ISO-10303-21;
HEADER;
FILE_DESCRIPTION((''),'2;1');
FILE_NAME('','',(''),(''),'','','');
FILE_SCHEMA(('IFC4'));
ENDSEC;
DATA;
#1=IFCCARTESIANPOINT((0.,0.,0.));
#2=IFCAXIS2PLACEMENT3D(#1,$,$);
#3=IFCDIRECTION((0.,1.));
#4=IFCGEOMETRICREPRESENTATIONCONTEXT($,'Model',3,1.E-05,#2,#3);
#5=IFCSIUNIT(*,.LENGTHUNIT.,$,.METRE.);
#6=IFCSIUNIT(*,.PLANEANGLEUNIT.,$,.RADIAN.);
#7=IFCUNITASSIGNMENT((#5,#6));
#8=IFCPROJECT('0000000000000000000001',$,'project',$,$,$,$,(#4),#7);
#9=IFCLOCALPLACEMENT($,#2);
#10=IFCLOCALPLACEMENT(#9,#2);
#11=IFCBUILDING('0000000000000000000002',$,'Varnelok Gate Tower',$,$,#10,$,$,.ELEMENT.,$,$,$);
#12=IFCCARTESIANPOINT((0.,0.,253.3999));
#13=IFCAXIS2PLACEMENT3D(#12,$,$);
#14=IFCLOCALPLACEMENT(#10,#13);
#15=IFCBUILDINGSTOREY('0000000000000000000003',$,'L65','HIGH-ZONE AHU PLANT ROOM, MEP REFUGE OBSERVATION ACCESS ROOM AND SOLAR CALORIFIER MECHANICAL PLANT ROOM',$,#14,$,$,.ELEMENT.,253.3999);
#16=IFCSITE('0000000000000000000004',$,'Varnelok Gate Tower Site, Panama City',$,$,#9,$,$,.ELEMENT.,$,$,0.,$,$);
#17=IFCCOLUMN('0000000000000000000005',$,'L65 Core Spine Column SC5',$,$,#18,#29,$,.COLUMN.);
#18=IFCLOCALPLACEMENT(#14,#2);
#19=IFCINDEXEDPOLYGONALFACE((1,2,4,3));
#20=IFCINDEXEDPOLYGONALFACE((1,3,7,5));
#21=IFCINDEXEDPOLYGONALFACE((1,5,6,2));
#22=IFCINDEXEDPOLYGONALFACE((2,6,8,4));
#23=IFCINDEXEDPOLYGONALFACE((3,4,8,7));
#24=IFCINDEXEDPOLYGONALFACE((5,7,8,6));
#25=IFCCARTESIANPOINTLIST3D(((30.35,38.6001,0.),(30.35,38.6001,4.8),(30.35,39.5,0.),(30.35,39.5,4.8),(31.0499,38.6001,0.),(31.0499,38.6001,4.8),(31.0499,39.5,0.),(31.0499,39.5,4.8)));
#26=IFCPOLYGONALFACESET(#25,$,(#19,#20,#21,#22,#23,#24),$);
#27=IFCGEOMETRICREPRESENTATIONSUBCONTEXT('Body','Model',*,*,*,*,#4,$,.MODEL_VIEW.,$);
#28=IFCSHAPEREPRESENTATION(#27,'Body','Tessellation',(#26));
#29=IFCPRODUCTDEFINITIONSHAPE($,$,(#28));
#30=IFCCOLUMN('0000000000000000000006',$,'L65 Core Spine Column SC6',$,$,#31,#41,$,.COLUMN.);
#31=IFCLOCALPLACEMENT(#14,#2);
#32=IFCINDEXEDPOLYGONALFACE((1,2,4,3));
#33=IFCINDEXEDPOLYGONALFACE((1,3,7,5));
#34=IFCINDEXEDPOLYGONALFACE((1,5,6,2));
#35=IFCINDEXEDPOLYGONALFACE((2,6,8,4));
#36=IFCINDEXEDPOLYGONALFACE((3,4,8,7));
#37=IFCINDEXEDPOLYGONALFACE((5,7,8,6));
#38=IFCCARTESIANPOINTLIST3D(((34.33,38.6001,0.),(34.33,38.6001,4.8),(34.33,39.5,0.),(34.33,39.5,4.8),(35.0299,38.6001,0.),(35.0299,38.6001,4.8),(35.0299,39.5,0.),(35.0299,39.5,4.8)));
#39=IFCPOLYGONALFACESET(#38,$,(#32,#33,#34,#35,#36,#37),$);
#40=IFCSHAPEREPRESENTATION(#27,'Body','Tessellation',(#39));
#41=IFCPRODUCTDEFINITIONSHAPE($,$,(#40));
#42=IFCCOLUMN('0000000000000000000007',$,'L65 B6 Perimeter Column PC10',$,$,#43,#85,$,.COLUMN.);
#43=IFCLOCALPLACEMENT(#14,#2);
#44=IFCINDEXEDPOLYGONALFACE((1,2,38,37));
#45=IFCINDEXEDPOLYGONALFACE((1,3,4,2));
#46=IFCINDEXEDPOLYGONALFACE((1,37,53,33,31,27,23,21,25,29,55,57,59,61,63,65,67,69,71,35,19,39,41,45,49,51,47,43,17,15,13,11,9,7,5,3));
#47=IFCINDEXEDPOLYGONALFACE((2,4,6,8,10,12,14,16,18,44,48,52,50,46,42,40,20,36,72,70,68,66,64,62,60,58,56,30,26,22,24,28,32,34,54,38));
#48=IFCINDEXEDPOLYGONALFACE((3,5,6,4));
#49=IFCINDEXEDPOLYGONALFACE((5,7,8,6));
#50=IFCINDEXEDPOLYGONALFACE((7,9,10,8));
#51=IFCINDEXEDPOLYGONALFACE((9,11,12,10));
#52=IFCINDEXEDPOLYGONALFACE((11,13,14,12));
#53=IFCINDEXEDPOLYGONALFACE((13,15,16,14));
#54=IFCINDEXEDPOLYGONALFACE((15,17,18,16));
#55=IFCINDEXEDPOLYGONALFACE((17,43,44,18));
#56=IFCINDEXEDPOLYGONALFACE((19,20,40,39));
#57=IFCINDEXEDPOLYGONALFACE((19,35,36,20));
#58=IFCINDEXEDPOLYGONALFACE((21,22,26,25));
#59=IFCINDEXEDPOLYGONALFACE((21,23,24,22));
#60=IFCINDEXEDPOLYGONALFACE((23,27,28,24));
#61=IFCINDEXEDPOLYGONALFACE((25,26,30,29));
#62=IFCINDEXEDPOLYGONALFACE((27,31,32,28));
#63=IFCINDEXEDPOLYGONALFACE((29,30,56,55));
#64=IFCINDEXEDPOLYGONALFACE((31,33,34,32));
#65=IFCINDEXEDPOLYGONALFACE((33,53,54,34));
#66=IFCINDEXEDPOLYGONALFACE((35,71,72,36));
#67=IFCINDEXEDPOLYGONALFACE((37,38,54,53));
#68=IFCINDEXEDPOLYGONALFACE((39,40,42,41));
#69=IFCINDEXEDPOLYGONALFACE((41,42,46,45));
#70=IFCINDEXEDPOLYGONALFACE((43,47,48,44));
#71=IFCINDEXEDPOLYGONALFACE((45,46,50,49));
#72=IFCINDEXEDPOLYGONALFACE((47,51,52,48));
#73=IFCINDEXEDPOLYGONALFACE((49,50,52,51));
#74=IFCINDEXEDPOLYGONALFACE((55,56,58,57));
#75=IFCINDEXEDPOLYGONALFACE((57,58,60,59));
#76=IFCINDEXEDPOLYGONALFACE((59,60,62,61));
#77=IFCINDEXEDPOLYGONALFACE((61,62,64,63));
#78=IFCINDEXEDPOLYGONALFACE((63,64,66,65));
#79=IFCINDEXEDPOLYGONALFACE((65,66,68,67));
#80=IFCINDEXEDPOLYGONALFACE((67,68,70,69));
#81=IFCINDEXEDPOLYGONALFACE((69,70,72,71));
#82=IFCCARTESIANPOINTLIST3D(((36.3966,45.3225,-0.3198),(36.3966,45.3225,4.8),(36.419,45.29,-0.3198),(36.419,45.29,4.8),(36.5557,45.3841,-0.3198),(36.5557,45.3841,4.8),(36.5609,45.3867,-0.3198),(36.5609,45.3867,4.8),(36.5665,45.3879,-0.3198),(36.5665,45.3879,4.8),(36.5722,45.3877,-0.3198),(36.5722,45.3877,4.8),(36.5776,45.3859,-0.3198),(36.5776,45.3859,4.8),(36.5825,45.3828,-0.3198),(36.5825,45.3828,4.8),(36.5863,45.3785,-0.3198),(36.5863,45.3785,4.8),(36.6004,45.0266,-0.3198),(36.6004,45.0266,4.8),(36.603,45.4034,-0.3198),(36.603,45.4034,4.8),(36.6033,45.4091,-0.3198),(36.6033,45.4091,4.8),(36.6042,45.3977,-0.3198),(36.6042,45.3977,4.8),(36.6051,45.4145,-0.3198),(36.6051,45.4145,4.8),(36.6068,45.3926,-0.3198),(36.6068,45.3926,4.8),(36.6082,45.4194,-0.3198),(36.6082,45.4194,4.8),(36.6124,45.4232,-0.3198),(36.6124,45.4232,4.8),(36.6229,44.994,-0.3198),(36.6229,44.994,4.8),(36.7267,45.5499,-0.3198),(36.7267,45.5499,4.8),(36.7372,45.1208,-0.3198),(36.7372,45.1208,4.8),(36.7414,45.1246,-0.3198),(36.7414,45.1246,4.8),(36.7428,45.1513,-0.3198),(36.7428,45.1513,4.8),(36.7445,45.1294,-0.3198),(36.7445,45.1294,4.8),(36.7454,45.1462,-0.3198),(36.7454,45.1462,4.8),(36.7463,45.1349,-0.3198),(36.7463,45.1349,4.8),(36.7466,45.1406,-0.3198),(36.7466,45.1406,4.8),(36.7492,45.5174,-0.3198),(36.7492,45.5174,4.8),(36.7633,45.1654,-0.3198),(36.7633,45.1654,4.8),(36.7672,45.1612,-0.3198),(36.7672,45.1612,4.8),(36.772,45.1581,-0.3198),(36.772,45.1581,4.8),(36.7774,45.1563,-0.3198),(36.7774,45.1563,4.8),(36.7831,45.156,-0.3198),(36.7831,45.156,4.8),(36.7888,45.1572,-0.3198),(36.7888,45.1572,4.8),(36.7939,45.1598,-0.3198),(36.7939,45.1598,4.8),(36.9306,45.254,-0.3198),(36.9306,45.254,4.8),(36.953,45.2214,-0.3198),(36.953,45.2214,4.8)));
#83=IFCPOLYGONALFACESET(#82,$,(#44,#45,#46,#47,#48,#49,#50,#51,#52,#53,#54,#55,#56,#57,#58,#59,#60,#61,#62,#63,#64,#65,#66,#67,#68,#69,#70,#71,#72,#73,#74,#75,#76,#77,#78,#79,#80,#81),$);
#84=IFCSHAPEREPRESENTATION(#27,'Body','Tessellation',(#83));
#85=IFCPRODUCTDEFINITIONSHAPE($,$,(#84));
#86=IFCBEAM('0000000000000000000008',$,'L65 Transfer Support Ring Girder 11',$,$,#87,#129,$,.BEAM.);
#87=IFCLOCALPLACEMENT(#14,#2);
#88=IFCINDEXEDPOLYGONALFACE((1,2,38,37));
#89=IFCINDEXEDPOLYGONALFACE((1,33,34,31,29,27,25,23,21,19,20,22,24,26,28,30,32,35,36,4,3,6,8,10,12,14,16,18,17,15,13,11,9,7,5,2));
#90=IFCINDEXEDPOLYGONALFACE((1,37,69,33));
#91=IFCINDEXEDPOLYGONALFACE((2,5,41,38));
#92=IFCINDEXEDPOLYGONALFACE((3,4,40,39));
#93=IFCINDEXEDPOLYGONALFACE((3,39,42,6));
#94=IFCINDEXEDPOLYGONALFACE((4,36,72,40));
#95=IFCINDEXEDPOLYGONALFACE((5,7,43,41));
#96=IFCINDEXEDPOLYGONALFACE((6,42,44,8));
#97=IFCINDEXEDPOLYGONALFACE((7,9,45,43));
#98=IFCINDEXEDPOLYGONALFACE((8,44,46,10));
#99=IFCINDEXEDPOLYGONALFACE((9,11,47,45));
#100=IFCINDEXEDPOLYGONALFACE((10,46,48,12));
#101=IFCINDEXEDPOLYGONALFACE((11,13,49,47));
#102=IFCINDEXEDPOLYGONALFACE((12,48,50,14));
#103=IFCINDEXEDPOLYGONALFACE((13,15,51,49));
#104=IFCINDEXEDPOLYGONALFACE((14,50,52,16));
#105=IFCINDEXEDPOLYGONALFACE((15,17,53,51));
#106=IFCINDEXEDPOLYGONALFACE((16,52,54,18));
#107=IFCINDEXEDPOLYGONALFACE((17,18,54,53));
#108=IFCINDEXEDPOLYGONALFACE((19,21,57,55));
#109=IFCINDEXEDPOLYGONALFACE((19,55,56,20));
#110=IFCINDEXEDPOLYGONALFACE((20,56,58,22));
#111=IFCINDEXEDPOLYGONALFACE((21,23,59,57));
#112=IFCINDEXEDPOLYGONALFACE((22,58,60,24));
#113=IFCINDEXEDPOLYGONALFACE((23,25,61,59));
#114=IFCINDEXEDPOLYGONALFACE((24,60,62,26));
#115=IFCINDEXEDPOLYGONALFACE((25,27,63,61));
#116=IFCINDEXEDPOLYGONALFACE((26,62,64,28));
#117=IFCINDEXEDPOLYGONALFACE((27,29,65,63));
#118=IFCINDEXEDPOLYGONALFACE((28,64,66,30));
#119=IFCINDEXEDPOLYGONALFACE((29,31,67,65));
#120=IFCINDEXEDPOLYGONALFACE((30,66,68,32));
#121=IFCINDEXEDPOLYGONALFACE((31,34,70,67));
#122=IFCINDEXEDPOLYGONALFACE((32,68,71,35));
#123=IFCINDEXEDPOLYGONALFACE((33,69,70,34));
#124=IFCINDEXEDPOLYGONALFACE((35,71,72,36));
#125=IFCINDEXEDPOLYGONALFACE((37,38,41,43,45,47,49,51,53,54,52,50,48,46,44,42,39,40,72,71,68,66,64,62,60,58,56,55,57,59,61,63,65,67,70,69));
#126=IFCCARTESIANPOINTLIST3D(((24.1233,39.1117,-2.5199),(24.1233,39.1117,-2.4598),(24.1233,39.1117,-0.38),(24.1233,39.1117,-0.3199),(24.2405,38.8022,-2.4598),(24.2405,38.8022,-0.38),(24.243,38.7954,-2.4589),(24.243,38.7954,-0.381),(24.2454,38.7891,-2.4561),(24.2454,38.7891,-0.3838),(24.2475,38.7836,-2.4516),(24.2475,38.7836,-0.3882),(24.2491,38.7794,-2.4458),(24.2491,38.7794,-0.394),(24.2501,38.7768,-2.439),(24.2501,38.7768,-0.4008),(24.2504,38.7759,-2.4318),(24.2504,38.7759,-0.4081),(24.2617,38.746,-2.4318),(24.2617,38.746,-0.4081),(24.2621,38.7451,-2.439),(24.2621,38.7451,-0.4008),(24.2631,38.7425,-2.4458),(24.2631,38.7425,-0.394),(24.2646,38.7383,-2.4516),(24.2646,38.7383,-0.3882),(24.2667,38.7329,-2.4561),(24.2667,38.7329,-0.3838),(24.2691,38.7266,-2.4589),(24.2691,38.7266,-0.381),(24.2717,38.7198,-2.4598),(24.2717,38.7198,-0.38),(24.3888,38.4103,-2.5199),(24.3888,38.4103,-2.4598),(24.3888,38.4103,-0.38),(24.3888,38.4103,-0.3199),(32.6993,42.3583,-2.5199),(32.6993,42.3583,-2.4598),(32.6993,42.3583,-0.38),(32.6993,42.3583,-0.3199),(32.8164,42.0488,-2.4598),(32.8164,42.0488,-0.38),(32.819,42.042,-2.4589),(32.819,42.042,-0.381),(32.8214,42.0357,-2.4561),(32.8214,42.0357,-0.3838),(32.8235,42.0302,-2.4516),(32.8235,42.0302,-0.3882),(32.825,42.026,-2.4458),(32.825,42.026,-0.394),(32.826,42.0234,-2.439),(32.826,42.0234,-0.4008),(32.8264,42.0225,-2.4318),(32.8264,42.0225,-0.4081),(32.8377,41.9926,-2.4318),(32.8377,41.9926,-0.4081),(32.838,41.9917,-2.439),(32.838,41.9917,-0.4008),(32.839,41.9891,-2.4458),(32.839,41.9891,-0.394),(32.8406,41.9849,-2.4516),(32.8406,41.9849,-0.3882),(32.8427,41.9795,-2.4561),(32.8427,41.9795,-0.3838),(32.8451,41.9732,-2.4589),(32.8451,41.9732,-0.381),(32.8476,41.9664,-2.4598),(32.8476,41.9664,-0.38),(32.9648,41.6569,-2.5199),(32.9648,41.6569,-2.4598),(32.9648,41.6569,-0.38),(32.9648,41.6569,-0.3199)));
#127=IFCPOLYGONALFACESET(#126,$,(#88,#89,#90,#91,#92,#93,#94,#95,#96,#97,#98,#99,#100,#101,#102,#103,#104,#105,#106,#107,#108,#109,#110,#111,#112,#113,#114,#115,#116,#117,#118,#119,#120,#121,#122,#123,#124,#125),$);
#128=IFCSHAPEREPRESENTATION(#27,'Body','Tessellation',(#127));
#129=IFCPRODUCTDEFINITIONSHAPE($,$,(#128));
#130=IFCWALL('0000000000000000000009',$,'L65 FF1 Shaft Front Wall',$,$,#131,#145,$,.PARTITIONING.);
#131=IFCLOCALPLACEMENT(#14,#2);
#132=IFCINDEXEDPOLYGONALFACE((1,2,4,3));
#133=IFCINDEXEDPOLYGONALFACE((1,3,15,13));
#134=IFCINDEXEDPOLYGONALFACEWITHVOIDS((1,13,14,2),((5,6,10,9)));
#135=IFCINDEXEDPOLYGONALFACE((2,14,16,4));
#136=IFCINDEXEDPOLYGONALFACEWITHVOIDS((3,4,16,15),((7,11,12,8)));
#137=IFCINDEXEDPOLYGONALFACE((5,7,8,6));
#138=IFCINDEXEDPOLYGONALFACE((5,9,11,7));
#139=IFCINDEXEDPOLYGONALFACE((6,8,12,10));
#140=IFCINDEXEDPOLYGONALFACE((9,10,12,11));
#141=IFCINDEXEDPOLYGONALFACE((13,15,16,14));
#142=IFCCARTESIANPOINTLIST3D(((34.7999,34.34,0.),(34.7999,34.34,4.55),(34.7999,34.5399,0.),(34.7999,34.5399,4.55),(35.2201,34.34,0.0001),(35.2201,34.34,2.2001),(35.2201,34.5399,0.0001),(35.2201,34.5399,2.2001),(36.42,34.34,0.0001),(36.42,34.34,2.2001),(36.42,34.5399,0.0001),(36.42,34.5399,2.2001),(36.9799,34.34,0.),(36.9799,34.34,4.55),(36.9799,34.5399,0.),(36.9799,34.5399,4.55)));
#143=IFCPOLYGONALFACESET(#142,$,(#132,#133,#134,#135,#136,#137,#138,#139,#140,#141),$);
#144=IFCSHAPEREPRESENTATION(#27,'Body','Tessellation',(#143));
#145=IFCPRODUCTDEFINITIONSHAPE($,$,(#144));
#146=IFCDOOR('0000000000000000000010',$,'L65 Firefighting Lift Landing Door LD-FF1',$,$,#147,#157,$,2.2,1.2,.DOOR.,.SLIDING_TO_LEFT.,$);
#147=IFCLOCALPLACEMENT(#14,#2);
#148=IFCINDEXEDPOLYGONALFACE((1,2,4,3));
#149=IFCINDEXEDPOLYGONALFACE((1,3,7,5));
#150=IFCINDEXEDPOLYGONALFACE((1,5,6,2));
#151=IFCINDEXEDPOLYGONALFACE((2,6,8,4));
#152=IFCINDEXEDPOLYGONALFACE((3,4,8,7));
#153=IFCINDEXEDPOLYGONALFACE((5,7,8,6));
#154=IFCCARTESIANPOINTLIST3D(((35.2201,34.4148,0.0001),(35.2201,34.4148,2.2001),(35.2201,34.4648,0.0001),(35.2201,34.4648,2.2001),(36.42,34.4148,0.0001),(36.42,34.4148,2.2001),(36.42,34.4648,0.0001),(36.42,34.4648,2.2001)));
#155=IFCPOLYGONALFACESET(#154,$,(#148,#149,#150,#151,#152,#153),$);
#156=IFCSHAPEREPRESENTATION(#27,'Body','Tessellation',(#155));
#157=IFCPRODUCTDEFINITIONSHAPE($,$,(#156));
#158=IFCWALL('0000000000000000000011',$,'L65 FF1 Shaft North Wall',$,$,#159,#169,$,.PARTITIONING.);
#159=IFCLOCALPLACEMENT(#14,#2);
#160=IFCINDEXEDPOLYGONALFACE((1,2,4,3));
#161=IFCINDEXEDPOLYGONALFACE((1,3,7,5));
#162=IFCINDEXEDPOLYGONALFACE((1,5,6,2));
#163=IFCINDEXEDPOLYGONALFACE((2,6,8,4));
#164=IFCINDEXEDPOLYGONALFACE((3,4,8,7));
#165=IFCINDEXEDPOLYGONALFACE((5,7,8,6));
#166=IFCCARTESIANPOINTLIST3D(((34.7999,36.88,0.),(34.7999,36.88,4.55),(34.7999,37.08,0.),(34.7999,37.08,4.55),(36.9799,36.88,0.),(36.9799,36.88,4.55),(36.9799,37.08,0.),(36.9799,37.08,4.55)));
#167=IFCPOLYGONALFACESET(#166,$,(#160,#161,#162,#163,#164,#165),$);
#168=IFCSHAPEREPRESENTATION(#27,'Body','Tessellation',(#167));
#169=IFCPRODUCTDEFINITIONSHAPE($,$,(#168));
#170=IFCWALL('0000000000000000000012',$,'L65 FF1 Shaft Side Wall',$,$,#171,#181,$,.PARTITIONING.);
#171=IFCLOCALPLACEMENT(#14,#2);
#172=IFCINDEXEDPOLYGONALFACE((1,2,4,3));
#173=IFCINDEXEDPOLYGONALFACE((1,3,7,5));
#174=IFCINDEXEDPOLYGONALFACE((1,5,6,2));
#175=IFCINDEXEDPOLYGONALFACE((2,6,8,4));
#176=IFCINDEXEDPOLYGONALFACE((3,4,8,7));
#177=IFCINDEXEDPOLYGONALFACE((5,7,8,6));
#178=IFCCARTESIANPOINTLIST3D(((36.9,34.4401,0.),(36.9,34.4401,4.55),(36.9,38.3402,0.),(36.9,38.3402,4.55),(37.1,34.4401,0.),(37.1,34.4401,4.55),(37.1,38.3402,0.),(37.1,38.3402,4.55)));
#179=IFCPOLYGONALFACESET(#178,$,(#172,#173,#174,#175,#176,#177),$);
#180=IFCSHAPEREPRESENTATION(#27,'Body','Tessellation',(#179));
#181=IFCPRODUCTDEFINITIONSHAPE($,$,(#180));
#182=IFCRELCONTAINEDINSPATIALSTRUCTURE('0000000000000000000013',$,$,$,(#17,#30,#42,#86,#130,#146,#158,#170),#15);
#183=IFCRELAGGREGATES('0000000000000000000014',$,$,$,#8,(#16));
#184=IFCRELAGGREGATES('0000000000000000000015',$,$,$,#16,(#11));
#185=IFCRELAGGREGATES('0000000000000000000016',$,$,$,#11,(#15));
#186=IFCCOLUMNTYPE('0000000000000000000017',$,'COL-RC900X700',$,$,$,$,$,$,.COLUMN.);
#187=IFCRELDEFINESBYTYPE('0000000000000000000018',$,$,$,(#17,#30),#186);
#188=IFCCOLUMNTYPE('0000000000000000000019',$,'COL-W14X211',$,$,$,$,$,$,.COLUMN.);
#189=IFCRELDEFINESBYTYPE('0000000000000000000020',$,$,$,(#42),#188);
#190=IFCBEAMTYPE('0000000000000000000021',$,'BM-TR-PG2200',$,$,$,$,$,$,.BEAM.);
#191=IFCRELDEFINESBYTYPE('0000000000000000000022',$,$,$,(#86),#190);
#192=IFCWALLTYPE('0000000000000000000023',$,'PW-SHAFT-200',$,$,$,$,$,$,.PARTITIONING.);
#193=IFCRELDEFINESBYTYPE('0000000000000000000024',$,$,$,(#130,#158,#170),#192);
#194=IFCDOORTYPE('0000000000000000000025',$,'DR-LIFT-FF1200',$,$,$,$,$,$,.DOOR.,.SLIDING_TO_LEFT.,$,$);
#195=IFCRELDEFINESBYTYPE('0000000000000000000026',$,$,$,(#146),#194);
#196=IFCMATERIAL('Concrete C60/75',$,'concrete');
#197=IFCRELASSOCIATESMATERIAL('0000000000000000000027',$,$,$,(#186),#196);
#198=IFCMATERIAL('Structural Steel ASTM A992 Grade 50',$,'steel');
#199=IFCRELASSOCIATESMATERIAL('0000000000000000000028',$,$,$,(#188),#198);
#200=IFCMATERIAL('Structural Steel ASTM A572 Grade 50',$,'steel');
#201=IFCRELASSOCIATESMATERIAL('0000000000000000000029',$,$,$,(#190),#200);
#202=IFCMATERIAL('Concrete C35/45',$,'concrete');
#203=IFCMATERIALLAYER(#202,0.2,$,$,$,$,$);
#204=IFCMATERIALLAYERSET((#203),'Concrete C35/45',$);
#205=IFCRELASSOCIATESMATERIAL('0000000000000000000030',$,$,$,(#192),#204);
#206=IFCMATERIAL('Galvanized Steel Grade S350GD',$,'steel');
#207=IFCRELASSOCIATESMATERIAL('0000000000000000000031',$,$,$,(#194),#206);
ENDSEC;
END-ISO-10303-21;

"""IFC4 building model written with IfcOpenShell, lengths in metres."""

from ifc_helpers import new_model, si_unit, direction, frame, frame_2d, origin, origin_2d, place, context, subcontext, project, spatial, rectangle, i_section, extrude, material, layer, layer_set, material_profile, profile_set, type_object, element, fill, save


model = new_model("IFC4")

# Units and contexts
model_context = context("Model", 3, precision=1e-05, world=origin(), true_north=direction((0.0, 1.0)))
body_context = subcontext(model_context, "Body", "Model", "MODEL_VIEW")
ifc_project = project(units=[si_unit("LENGTHUNIT", "METRE"), si_unit("PLANEANGLEUNIT", "RADIAN")], contexts=[model_context])

# Site, building, storey
site_placement = place(None, origin())
site = spatial("IfcSite", under=ifc_project, at=site_placement, Name="Varnelok Gate Tower Site, Panama City", CompositionType="ELEMENT", RefElevation=0.0)
building_placement = place(site_placement, origin())
building = spatial("IfcBuilding", under=site, at=building_placement, Name="Varnelok Gate Tower", CompositionType="ELEMENT")
storey_placement = place(building_placement, frame((0.0, 0.0, 253.3999)))
storey = spatial("IfcBuildingStorey", under=building, at=storey_placement, Name="L65", Description="HIGH-ZONE AHU PLANT ROOM, MEP REFUGE OBSERVATION ACCESS ROOM AND SOLAR CALORIFIER MECHANICAL PLANT ROOM", CompositionType="ELEMENT", Elevation=253.3999)

# Columns
ifc_material_1 = material(Name="Concrete C60/75", Category="concrete")
ifc_material_profile_1 = material_profile(ifc_material_1, rectangle(XDim=0.7, YDim=0.8999, at=origin_2d()), Name="RC900X700")
ifc_profile_set_1 = profile_set([ifc_material_profile_1], Name="Concrete C60/75")
column_type_1 = type_object("IfcColumnType", Name="COL-RC900X700", PredefinedType="COLUMN", material=ifc_profile_set_1)
for number, where, z_axis, x_axis, name in (
    (1, (30.7, 39.05, 0.0), (0.0, 0.0, 1.0), (1.0, 0.0, 0.0), "L65 Core Spine Column SC5"),
    (2, (34.6799, 39.05, 0.0), (0.0, 0.0, 1.0), (1.0, 0.0, 0.0), "L65 Core Spine Column SC6"),
):
    element("IfcColumn", number, at=place(storey_placement, frame(where, z_axis=z_axis, x_axis=x_axis)), inside=storey, type_object=column_type_1, Name=name, PredefinedType="COLUMN", context=body_context, shape_type="SweptSolid", body=[
        extrude(rectangle(XDim=0.7, YDim=0.8999, at=origin_2d()), origin(), (0.0, 0.0, 1.0), 4.8),
    ])
ifc_material_2 = material(Name="Structural Steel ASTM A992 Grade 50", Category="steel")
ifc_material_profile_2 = material_profile(ifc_material_2, i_section(OverallWidth=0.4009, OverallDepth=0.3989, WebThickness=0.0249, FlangeThickness=0.0396, FilletRadius=0.022, at=origin_2d()), Name="W14X211")
ifc_profile_set_2 = profile_set([ifc_material_profile_2], Name="Structural Steel ASTM A992 Grade 50")
column_type_2 = type_object("IfcColumnType", Name="COL-W14X211", PredefinedType="COLUMN", material=ifc_profile_set_2)
column_placement = place(storey_placement, frame((36.6748, 45.272, -0.3198), z_axis=(0.0, 0.0, 1.0), x_axis=(0.823533, 0.567269, 0.0)))
element("IfcColumn", 3, at=column_placement, inside=storey, type_object=column_type_2, Name="L65 B6 Perimeter Column PC10", PredefinedType="COLUMN", context=body_context, shape_type="SweptSolid", body=[
    extrude(i_section(OverallWidth=0.4009, OverallDepth=0.3989, WebThickness=0.0249, FlangeThickness=0.0396, FilletRadius=0.022, at=origin_2d()), origin(), (0.0, 0.0, 1.0), 5.1199),
])

# Beam
ifc_material_3 = material(Name="Structural Steel ASTM A572 Grade 50", Category="steel")
ifc_material_profile_3 = material_profile(ifc_material_3, i_section(OverallWidth=0.75, OverallDepth=2.2, WebThickness=0.032, FlangeThickness=0.0601, FilletRadius=0.0281, at=origin_2d()), Name="PG2200X750")
ifc_profile_set_3 = profile_set([ifc_material_profile_3], Name="Structural Steel ASTM A572 Grade 50")
beam_type = type_object("IfcBeamType", Name="BM-TR-PG2200", PredefinedType="BEAM", material=ifc_profile_set_3)
beam_placement = place(storey_placement, frame((32.832, 42.0076, -1.4199), z_axis=(-0.935227, -0.354048, 0.0), x_axis=(0.354048, -0.935227, 0.0)))
element("IfcBeam", 4, at=beam_placement, inside=storey, type_object=beam_type, Name="L65 Transfer Support Ring Girder 11", PredefinedType="BEAM", context=body_context, shape_type="SweptSolid", body=[
    extrude(i_section(OverallWidth=0.75, OverallDepth=2.2, WebThickness=0.032, FlangeThickness=0.0601, FilletRadius=0.0281, at=origin_2d()), origin(), (0.0, 0.0, 1.0), 9.1699),
])

# Wall, opening, door
ifc_material_4 = material(Name="Concrete C35/45", Category="concrete")
ifc_layer = layer(ifc_material_4, 0.2)
ifc_layer_set = layer_set([ifc_layer], Name="Concrete C35/45")
wall_type = type_object("IfcWallType", Name="PW-SHAFT-200", PredefinedType="PARTITIONING", material=ifc_layer_set)
wall_1_placement = place(storey_placement, frame((34.8, 34.4399, 0.0), z_axis=(0.0, 0.0, 1.0), x_axis=(1.0, 0.0, 0.0)))
wall_1 = element("IfcWall", 5, at=wall_1_placement, inside=storey, type_object=wall_type, Name="L65 FF1 Shaft Front Wall", PredefinedType="PARTITIONING", context=body_context, shape_type="SweptSolid", body=[
    extrude(rectangle(XDim=2.1799, YDim=0.2, at=frame_2d((1.0898, 0.0))), origin(), (0.0, 0.0, 1.0), 4.55),
])
opening_placement = place(wall_1_placement, frame((0.4199, 0.0, 0.0)))
opening = element("IfcOpeningElement", 6, at=opening_placement, cuts=wall_1, PredefinedType="OPENING", context=body_context, shape_type="SweptSolid", body=[
    extrude(rectangle(XDim=1.2, YDim=2.2, at=frame_2d((0.6001, 1.1001))), frame((0.0, 0.1099, 0.0), z_axis=(0.0, -1.0, 0.0), x_axis=(1.0, 0.0, 0.0)), (0.0, 0.0, 1.0), 0.22),
])
ifc_material_5 = material(Name="Galvanized Steel Grade S350GD", Category="steel")
door_type = type_object("IfcDoorType", Name="DR-LIFT-FF1200", OperationType="SLIDING_TO_LEFT", PredefinedType="DOOR", material=ifc_material_5)
door_placement = place(opening_placement, origin())
door = element("IfcDoor", 7, at=door_placement, inside=storey, type_object=door_type, Name="L65 Firefighting Lift Landing Door LD-FF1", OperationType="SLIDING_TO_LEFT", OverallHeight=2.2, OverallWidth=1.2, PredefinedType="DOOR", context=body_context, shape_type="SweptSolid", body=[
    extrude(rectangle(XDim=1.2, YDim=2.2, at=frame_2d((0.6001, 1.1001))), frame((0.0, 0.0249, 0.0), z_axis=(0.0, -1.0, 0.0), x_axis=(1.0, 0.0, 0.0)), (0.0, 0.0, 1.0), 0.05),
])
fill(opening, door)

# Walls
wall_2_placement = place(storey_placement, frame((34.8, 36.98, 0.0), z_axis=(0.0, 0.0, 1.0), x_axis=(1.0, 0.0, 0.0)))
element("IfcWall", 8, at=wall_2_placement, inside=storey, type_object=wall_type, Name="L65 FF1 Shaft North Wall", PredefinedType="PARTITIONING", context=body_context, shape_type="SweptSolid", body=[
    extrude(rectangle(XDim=2.1799, YDim=0.2, at=frame_2d((1.0898, 0.0))), origin(), (0.0, 0.0, 1.0), 4.55),
])
wall_3_placement = place(storey_placement, frame((37.0, 34.4399, 0.0), z_axis=(0.0, 0.0, 1.0), x_axis=(0.0, 1.0, 0.0)))
element("IfcWall", 9, at=wall_3_placement, inside=storey, type_object=wall_type, Name="L65 FF1 Shaft Side Wall", PredefinedType="PARTITIONING", context=body_context, shape_type="SweptSolid", body=[
    extrude(rectangle(XDim=3.9001, YDim=0.2, at=frame_2d((1.9502, 0.0))), origin(), (0.0, 0.0, 1.0), 4.55),
])

save(model, "model.ifc")
